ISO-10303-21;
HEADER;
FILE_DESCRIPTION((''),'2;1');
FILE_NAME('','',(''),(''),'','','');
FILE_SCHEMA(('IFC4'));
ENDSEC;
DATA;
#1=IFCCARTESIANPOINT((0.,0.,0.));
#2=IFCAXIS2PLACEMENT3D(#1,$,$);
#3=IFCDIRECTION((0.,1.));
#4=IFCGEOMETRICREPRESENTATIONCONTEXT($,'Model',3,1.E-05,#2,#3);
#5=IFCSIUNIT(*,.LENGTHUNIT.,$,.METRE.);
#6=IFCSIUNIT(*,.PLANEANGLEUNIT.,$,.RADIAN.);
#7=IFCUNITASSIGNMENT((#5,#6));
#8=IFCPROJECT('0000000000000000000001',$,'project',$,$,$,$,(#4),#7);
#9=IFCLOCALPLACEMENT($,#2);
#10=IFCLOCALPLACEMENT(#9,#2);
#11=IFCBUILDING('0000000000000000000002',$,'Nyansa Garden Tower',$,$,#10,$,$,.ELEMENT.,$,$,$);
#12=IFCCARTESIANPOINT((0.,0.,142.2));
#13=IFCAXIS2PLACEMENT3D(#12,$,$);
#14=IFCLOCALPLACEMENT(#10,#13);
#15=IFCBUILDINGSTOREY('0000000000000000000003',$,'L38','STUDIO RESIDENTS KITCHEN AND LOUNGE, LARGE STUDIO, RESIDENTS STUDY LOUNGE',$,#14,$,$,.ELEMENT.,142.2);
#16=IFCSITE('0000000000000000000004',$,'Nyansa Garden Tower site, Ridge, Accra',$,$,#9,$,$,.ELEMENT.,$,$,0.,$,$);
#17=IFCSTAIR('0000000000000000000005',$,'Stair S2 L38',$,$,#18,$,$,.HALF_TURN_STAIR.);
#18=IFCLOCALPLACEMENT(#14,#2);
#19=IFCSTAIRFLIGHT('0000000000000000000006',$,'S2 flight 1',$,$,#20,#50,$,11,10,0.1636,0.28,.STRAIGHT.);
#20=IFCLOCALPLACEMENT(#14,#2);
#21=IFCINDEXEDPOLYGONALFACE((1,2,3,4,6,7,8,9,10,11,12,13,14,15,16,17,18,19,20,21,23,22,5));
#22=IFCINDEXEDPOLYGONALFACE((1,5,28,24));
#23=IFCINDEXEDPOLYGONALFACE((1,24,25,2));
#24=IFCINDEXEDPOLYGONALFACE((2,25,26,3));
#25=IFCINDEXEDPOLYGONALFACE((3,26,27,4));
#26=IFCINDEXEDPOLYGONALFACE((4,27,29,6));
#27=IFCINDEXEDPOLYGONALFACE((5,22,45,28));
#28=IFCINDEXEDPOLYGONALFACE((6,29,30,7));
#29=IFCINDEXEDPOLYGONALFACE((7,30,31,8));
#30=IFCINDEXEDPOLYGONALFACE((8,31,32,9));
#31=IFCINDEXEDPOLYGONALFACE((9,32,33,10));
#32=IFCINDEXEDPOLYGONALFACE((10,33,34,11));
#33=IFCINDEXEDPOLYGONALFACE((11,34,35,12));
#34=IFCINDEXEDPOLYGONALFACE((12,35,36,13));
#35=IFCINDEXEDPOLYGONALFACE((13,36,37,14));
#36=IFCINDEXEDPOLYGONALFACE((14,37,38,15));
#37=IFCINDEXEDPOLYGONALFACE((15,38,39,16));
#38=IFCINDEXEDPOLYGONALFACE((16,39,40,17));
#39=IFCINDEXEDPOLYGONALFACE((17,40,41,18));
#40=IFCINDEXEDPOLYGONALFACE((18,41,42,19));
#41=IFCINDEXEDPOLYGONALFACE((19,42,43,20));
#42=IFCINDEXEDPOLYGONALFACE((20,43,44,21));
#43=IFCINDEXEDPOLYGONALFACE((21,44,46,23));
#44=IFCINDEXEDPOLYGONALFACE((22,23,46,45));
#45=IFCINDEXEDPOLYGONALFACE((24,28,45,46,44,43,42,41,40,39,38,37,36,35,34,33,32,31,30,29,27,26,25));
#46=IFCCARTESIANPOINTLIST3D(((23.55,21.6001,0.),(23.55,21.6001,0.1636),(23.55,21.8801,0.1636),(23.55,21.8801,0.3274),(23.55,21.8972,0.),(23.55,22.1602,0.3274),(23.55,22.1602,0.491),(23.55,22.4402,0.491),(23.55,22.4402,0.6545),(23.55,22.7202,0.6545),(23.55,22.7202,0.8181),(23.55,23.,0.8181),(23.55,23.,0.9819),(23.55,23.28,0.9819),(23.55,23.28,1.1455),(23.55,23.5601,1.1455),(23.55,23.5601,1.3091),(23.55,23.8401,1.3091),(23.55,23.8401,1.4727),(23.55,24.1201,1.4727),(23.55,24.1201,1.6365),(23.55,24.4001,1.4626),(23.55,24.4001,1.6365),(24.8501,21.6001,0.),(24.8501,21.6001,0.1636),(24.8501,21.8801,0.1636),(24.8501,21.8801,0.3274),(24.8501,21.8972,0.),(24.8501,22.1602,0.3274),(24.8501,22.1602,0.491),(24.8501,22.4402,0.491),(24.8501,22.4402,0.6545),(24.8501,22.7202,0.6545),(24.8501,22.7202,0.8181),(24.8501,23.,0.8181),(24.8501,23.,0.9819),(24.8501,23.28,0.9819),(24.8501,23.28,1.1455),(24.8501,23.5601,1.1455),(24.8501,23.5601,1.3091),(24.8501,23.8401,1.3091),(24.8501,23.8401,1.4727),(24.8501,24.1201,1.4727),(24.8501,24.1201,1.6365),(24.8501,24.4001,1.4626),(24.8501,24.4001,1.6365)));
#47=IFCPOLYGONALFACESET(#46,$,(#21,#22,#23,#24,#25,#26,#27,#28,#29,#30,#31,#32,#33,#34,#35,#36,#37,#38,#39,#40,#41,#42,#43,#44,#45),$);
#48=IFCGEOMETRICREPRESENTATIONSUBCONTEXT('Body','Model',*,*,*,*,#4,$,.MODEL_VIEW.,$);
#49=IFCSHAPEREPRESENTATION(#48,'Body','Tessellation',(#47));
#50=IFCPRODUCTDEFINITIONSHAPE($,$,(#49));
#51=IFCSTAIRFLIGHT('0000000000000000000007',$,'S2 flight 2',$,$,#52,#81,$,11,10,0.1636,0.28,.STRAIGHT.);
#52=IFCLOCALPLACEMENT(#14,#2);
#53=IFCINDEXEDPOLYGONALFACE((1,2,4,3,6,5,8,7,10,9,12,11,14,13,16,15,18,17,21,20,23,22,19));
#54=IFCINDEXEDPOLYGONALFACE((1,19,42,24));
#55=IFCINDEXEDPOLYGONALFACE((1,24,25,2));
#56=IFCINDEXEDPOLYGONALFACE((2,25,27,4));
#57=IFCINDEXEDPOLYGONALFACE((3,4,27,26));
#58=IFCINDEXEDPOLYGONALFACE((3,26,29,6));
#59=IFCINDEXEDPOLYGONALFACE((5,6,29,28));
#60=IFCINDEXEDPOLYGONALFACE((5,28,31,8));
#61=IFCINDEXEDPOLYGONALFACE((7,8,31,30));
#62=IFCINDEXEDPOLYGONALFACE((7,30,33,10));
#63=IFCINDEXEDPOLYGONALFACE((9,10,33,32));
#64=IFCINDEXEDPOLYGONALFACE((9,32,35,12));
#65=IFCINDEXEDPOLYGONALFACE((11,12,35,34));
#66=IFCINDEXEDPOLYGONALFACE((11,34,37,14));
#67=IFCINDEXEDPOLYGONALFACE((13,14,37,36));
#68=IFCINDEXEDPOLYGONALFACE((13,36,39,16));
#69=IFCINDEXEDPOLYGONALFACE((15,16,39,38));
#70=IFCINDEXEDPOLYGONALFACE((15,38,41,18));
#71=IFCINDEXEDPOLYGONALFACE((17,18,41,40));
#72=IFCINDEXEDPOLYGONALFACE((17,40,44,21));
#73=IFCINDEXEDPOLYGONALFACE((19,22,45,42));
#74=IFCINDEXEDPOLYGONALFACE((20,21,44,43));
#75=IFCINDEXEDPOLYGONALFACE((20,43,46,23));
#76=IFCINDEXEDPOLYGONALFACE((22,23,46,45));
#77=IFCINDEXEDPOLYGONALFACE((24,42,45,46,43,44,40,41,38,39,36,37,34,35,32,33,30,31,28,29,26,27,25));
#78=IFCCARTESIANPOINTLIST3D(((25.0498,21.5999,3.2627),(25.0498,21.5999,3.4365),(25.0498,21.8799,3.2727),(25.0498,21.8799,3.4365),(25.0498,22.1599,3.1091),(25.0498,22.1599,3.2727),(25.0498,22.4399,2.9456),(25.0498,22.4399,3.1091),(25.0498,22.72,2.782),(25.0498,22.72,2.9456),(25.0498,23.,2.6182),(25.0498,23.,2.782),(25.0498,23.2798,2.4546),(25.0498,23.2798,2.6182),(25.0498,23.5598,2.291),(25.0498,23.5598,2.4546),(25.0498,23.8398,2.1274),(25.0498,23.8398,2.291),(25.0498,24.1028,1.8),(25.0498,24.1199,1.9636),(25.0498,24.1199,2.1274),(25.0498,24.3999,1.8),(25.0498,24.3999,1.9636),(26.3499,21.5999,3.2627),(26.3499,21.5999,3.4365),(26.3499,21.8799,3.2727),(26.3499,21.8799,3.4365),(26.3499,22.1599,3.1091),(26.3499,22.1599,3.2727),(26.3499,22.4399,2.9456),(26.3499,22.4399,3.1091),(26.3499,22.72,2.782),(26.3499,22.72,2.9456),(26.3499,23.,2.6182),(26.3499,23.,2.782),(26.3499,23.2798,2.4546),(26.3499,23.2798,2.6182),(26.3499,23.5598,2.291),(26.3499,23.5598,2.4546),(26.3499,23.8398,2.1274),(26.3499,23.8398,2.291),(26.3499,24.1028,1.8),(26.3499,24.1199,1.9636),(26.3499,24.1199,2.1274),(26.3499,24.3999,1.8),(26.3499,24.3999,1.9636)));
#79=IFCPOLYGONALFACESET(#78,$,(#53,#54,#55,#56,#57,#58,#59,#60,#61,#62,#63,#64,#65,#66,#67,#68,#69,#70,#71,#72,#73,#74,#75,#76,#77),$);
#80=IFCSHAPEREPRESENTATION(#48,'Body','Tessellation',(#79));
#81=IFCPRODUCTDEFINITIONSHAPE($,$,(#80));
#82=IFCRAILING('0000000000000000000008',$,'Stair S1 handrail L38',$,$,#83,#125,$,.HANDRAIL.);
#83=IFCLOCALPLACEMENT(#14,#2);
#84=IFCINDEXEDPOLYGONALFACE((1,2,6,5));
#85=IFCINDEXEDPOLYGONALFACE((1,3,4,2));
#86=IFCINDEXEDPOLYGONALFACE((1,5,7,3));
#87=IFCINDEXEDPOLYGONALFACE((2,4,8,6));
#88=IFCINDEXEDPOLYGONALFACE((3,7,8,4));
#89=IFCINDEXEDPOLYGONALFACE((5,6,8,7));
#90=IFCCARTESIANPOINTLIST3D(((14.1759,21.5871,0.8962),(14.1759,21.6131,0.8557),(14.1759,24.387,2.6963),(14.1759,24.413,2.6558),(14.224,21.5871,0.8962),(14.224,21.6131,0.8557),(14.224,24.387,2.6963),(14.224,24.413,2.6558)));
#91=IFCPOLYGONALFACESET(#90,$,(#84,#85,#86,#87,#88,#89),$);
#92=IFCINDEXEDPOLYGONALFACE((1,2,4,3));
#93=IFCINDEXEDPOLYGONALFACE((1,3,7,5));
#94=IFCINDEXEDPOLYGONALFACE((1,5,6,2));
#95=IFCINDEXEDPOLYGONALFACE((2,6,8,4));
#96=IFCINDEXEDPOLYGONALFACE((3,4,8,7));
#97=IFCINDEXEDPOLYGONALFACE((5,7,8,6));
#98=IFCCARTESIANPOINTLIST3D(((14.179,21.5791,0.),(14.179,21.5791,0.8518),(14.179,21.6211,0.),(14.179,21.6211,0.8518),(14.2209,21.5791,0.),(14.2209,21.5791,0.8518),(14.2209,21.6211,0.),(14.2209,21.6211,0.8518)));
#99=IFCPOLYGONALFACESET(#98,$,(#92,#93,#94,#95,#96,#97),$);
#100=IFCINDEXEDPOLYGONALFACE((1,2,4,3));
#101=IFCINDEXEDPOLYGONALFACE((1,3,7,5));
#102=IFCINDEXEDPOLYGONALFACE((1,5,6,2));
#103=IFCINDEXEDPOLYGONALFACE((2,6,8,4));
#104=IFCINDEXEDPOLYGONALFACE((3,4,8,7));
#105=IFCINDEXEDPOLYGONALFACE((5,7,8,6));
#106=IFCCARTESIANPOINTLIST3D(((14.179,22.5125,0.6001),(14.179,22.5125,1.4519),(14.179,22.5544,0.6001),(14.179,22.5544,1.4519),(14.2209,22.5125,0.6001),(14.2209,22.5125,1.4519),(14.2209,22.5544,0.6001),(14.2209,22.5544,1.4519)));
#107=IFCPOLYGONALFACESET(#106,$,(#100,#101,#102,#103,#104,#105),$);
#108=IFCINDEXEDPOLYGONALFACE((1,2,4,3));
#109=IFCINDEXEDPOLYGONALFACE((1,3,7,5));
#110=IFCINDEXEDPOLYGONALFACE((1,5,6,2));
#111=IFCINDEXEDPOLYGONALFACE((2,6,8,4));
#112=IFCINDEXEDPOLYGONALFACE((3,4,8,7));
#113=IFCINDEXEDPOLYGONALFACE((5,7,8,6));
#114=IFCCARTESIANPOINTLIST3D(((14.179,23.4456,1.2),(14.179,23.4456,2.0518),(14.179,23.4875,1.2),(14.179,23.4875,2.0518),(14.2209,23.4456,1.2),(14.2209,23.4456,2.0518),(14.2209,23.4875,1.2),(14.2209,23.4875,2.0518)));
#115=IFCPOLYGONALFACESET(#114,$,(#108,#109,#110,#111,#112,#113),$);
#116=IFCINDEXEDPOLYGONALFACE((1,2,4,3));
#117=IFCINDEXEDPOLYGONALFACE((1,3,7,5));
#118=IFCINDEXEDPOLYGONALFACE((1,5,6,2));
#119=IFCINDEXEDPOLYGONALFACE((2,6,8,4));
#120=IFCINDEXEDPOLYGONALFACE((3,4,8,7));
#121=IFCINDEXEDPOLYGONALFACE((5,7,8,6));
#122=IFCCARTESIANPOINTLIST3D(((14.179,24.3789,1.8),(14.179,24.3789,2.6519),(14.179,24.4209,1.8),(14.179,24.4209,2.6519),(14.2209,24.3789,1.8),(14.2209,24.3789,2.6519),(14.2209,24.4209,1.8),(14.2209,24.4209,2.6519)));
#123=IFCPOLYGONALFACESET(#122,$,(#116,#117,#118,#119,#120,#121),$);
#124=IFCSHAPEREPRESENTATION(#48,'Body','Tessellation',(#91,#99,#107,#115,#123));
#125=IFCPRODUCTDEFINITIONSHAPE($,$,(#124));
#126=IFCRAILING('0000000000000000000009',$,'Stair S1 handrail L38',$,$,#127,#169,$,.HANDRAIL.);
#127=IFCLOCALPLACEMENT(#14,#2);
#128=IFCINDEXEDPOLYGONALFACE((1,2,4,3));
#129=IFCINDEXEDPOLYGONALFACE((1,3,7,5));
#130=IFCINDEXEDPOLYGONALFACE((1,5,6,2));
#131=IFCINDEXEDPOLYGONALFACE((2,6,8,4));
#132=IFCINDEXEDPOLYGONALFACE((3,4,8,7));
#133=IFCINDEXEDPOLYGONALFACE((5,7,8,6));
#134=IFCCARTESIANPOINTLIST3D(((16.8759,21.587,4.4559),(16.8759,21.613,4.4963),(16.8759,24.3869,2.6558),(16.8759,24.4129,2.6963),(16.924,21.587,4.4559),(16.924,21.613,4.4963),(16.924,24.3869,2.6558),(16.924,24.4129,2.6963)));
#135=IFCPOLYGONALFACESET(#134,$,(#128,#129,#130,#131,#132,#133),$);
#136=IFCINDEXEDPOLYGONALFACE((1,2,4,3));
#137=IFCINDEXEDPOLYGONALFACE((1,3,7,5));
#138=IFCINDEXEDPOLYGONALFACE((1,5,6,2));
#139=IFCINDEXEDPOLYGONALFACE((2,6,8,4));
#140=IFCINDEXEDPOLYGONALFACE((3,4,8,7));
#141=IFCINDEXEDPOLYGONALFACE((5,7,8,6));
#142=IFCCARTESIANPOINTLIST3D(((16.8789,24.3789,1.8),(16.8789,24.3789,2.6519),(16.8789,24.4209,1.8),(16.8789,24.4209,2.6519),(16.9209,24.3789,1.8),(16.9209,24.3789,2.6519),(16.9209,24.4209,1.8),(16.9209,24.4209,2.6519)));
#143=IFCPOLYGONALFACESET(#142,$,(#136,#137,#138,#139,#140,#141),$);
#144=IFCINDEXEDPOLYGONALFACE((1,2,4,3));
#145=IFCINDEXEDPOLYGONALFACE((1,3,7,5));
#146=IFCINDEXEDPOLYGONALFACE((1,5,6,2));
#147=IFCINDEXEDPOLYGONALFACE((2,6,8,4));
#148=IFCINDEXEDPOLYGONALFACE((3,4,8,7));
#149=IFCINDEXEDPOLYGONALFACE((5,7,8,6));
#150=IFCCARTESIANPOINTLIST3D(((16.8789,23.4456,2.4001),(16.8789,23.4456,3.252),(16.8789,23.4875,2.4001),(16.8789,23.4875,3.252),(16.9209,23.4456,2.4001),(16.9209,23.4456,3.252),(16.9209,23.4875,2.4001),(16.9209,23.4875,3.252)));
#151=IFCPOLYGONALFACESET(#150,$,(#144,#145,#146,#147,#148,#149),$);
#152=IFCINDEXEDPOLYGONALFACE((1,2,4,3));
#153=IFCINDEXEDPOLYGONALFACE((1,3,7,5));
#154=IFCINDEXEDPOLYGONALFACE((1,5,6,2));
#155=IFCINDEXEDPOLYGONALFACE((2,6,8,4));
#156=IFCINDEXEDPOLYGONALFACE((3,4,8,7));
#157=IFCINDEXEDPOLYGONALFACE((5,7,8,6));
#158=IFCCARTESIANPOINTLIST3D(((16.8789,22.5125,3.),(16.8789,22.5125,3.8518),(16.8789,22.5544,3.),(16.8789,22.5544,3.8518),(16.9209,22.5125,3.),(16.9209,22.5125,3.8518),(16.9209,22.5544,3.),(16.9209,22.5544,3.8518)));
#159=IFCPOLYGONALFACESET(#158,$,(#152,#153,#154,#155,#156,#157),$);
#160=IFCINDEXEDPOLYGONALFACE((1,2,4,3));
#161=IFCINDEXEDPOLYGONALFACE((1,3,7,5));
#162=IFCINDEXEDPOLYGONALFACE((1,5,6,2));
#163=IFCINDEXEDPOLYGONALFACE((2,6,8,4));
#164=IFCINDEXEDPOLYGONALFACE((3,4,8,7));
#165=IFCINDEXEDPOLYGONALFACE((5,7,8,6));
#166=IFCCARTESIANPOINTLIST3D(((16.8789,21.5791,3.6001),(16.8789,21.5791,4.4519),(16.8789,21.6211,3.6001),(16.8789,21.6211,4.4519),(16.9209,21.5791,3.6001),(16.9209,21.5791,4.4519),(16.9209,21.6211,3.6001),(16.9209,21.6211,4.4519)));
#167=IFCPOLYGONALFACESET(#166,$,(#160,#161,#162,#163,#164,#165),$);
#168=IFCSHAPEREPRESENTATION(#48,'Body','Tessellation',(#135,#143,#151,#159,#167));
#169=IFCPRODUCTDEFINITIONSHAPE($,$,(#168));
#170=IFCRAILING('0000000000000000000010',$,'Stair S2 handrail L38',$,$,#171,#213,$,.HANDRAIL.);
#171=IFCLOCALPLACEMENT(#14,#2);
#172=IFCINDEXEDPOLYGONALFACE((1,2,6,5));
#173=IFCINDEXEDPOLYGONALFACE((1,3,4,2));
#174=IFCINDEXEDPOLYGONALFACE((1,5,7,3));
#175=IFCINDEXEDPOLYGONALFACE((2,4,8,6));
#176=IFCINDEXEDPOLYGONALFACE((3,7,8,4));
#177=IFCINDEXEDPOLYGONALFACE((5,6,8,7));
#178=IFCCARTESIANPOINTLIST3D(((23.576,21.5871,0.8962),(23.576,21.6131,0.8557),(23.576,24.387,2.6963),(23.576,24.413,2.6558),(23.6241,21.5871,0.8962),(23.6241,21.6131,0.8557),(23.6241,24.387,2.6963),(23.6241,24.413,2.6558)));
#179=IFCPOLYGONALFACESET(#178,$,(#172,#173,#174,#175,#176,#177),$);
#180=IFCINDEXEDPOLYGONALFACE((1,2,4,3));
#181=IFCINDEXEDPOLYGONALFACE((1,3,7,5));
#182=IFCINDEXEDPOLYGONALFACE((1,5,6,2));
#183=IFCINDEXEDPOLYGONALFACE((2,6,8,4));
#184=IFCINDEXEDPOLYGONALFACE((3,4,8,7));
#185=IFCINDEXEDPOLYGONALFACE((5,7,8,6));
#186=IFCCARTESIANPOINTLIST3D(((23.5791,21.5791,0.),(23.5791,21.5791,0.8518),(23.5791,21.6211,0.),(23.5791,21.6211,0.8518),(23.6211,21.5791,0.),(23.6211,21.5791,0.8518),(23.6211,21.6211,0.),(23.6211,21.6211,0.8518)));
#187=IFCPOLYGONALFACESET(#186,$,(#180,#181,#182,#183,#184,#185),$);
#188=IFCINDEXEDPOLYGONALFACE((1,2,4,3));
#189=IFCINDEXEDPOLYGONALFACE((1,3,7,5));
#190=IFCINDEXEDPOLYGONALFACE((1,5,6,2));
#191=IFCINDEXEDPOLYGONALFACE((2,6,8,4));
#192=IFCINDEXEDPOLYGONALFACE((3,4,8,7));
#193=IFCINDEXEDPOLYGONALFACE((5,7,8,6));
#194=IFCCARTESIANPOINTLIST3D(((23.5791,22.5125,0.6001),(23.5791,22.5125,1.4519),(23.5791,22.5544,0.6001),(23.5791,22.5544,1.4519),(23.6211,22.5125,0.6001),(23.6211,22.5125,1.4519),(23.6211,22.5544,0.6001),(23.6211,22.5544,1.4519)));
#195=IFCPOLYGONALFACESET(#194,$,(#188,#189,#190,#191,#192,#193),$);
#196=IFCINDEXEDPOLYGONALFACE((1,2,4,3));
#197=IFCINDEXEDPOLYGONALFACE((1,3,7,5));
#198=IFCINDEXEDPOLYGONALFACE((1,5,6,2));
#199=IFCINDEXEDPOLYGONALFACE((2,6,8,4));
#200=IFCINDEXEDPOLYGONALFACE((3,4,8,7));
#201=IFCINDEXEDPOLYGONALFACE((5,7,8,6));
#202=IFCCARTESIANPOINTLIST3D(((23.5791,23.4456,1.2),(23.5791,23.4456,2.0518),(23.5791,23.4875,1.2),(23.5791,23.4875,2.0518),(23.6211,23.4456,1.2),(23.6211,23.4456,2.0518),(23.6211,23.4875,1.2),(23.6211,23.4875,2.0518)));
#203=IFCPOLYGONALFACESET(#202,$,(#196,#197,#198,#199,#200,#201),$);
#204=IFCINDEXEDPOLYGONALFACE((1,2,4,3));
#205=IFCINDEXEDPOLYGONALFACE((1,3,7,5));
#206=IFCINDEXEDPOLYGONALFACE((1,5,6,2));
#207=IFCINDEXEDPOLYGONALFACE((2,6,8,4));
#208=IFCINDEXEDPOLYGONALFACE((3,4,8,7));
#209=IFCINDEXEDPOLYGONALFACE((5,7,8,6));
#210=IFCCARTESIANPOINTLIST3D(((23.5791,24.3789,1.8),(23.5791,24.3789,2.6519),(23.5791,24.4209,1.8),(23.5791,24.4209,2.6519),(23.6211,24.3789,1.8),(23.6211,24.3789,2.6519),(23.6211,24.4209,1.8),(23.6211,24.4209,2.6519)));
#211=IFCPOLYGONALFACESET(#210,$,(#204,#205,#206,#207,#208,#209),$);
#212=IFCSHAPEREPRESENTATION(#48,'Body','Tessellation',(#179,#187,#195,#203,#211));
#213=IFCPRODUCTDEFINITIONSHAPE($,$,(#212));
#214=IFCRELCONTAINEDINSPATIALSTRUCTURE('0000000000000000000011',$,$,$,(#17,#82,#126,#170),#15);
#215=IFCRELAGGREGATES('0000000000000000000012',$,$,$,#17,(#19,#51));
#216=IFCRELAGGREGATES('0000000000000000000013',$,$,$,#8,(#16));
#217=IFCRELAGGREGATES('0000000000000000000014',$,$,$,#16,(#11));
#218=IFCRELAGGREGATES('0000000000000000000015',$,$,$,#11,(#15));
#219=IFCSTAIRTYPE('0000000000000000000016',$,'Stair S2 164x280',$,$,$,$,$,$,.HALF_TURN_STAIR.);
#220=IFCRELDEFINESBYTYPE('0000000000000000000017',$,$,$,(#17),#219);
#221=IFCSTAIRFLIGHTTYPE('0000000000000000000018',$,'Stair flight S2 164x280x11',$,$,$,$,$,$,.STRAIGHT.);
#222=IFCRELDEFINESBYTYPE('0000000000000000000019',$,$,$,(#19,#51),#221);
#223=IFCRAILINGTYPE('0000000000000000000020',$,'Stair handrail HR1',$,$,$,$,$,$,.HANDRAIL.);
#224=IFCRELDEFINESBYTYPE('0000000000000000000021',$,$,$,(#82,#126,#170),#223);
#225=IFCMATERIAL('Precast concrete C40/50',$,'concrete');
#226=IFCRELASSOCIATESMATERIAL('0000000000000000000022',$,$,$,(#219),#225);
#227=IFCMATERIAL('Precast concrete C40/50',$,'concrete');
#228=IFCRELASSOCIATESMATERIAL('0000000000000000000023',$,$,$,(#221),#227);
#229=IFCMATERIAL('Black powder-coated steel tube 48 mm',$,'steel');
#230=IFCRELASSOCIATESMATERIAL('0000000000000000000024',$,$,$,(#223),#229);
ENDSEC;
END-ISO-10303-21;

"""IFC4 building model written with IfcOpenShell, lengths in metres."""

from ifc_helpers import new_model, si_unit, direction, frame, origin, origin_2d, place, context, subcontext, project, spatial, polyline, rectangle, outline, extrude, material, type_object, element, aggregate, save


model = new_model("IFC4")

# Units and contexts
model_context = context("Model", 3, precision=1e-05, world=origin(), true_north=direction((0.0, 1.0)))
body_context = subcontext(model_context, "Body", "Model", "MODEL_VIEW")
ifc_project = project(units=[si_unit("LENGTHUNIT", "METRE"), si_unit("PLANEANGLEUNIT", "RADIAN")], contexts=[model_context])

# Site, building, storey
site_placement = place(None, origin())
site = spatial("IfcSite", under=ifc_project, at=site_placement, Name="Nyansa Garden Tower site, Ridge, Accra", CompositionType="ELEMENT", RefElevation=0.0)
building_placement = place(site_placement, origin())
building = spatial("IfcBuilding", under=site, at=building_placement, Name="Nyansa Garden Tower", CompositionType="ELEMENT")
storey_placement = place(building_placement, frame((0.0, 0.0, 142.2)))
storey = spatial("IfcBuildingStorey", under=building, at=storey_placement, Name="L38", Description="STUDIO RESIDENTS KITCHEN AND LOUNGE, LARGE STUDIO, RESIDENTS STUDY LOUNGE", CompositionType="ELEMENT", Elevation=142.2)

# Stair, stair flights
ifc_material_1 = material(Name="Precast concrete C40/50", Category="concrete")
stair_type_1 = type_object("IfcStairType", Name="Stair S2 164x280", PredefinedType="HALF_TURN_STAIR", material=ifc_material_1)
stair_1_placement = place(storey_placement, origin())
stair_1 = element("IfcStair", 1, at=stair_1_placement, inside=storey, type_object=stair_type_1, Name="Stair S2 L38", PredefinedType="HALF_TURN_STAIR")
ifc_material_2 = material(Name="Precast concrete C40/50", Category="concrete")
stair_flight_type_1 = type_object("IfcStairFlightType", Name="Stair flight S2 164x280x11", PredefinedType="STRAIGHT", material=ifc_material_2)
stair_flight_1_placement = place(storey_placement, frame((24.2, 21.6001, 0.0), z_axis=(0.0, 0.0, 1.0), x_axis=(0.0, 1.0, 0.0)))
stair_flight_1 = element("IfcStairFlight", 2, at=stair_flight_1_placement, type_object=stair_flight_type_1, Name="S2 flight 1", NumberOfRisers=11, NumberOfTreads=10, PredefinedType="STRAIGHT", RiserHeight=0.1636, TreadLength=0.28, context=body_context, shape_type="SweptSolid", body=[
    extrude(outline(polyline([(0.0, 0.0), (0.0, 0.1636), (0.28, 0.1636), (0.28, 0.3274), (0.5601, 0.3274), (0.5601, 0.491), (0.8401, 0.491), (0.8401, 0.6545), (1.1201, 0.6545), (1.1201, 0.8181), (1.3999, 0.8181), (1.3999, 0.9819), (1.6799, 0.9819), (1.6799, 1.1455), (1.96, 1.1455), (1.96, 1.3091), (2.24, 1.3091), (2.24, 1.4727), (2.52, 1.4727), (2.52, 1.6365), (2.8, 1.6365), (2.8, 1.8), (2.8, 1.4626), (0.2971, 0.0), (0.0, 0.0)])), frame((0.0, 0.6499, 0.0), z_axis=(0.0, -1.0, 0.0), x_axis=(1.0, 0.0, 0.0)), (0.0, 0.0, 1.0), 1.3),
])
stair_flight_2_placement = place(storey_placement, frame((25.7, 24.3999, 1.8), z_axis=(0.0, 0.0, 1.0), x_axis=(0.0, -1.0, 0.0)))
stair_flight_2 = element("IfcStairFlight", 3, at=stair_flight_2_placement, type_object=stair_flight_type_1, Name="S2 flight 2", NumberOfRisers=11, NumberOfTreads=10, PredefinedType="STRAIGHT", RiserHeight=0.1636, TreadLength=0.28, context=body_context, shape_type="SweptSolid", body=[
    extrude(outline(polyline([(0.0, 0.0), (0.0, 0.1636), (0.28, 0.1636), (0.28, 0.3274), (0.5601, 0.3274), (0.5601, 0.491), (0.8401, 0.491), (0.8401, 0.6545), (1.1201, 0.6545), (1.1201, 0.8181), (1.3999, 0.8181), (1.3999, 0.9819), (1.6799, 0.9819), (1.6799, 1.1455), (1.96, 1.1455), (1.96, 1.3091), (2.24, 1.3091), (2.24, 1.4727), (2.52, 1.4727), (2.52, 1.6365), (2.8, 1.6365), (2.8, 1.8), (2.8, 1.4626), (0.2971, 0.0), (0.0, 0.0)])), frame((0.0, 0.6499, 0.0), z_axis=(0.0, -1.0, 0.0), x_axis=(1.0, 0.0, 0.0)), (0.0, 0.0, 1.0), 1.3),
])
aggregate(stair_1, [stair_flight_1, stair_flight_2])

# Railings
ifc_material_3 = material(Name="Black powder-coated steel tube 48 mm", Category="steel")
railing_type = type_object("IfcRailingType", Name="Stair handrail HR1", PredefinedType="HANDRAIL", material=ifc_material_3)
railing_1_placement = place(storey_placement, frame((14.2, 21.6001, 0.0)))
element("IfcRailing", 4, at=railing_1_placement, inside=storey, type_object=railing_type, Name="Stair S1 handrail L38", PredefinedType="HANDRAIL", context=body_context, shape_type="SweptSolid", body=[
    extrude(rectangle(XDim=0.0481, YDim=0.0481, at=origin_2d()), frame((0.0, 0.0, 0.876), z_axis=(0.0, 0.841155, 0.540795), x_axis=(-1.0, 0.0, 0.0)), (0.0, 0.0, 1.0), 3.3286),
    extrude(rectangle(XDim=0.042, YDim=0.042, at=origin_2d()), origin(), (0.0, 0.0, 1.0), 0.8518),
    extrude(rectangle(XDim=0.042, YDim=0.042, at=origin_2d()), frame((0.0, 0.9333, 0.6001)), (0.0, 0.0, 1.0), 0.8518),
    extrude(rectangle(XDim=0.042, YDim=0.042, at=origin_2d()), frame((0.0, 1.8665, 1.2)), (0.0, 0.0, 1.0), 0.8518),
    extrude(rectangle(XDim=0.042, YDim=0.042, at=origin_2d()), frame((0.0, 2.7998, 1.8)), (0.0, 0.0, 1.0), 0.8518),
])
railing_2_placement = place(storey_placement, frame((16.8999, 24.3999, 1.8)))
element("IfcRailing", 5, at=railing_2_placement, inside=storey, type_object=railing_type, Name="Stair S1 handrail L38", PredefinedType="HANDRAIL", context=body_context, shape_type="SweptSolid", body=[
    extrude(rectangle(XDim=0.0481, YDim=0.0481, at=origin_2d()), frame((0.0, 0.0, 0.876), z_axis=(0.0, -0.841155, 0.540795), x_axis=(1.0, 0.0, 0.0)), (0.0, 0.0, 1.0), 3.3286),
    extrude(rectangle(XDim=0.042, YDim=0.042, at=origin_2d()), origin(), (0.0, 0.0, 1.0), 0.8518),
    extrude(rectangle(XDim=0.042, YDim=0.042, at=origin_2d()), frame((0.0, -0.9333, 0.6001)), (0.0, 0.0, 1.0), 0.8518),
    extrude(rectangle(XDim=0.042, YDim=0.042, at=origin_2d()), frame((0.0, -1.8665, 1.2)), (0.0, 0.0, 1.0), 0.8518),
    extrude(rectangle(XDim=0.042, YDim=0.042, at=origin_2d()), frame((0.0, -2.7998, 1.8)), (0.0, 0.0, 1.0), 0.8518),
])
railing_3_placement = place(storey_placement, frame((23.6001, 21.6001, 0.0)))
element("IfcRailing", 6, at=railing_3_placement, inside=storey, type_object=railing_type, Name="Stair S2 handrail L38", PredefinedType="HANDRAIL", context=body_context, shape_type="SweptSolid", body=[
    extrude(rectangle(XDim=0.0481, YDim=0.0481, at=origin_2d()), frame((0.0, 0.0, 0.876), z_axis=(0.0, 0.841155, 0.540795), x_axis=(-1.0, 0.0, 0.0)), (0.0, 0.0, 1.0), 3.3286),
    extrude(rectangle(XDim=0.042, YDim=0.042, at=origin_2d()), origin(), (0.0, 0.0, 1.0), 0.8518),
    extrude(rectangle(XDim=0.042, YDim=0.042, at=origin_2d()), frame((0.0, 0.9333, 0.6001)), (0.0, 0.0, 1.0), 0.8518),
    extrude(rectangle(XDim=0.042, YDim=0.042, at=origin_2d()), frame((0.0, 1.8665, 1.2)), (0.0, 0.0, 1.0), 0.8518),
    extrude(rectangle(XDim=0.042, YDim=0.042, at=origin_2d()), frame((0.0, 2.7998, 1.8)), (0.0, 0.0, 1.0), 0.8518),
])

save(model, "model.ifc")
